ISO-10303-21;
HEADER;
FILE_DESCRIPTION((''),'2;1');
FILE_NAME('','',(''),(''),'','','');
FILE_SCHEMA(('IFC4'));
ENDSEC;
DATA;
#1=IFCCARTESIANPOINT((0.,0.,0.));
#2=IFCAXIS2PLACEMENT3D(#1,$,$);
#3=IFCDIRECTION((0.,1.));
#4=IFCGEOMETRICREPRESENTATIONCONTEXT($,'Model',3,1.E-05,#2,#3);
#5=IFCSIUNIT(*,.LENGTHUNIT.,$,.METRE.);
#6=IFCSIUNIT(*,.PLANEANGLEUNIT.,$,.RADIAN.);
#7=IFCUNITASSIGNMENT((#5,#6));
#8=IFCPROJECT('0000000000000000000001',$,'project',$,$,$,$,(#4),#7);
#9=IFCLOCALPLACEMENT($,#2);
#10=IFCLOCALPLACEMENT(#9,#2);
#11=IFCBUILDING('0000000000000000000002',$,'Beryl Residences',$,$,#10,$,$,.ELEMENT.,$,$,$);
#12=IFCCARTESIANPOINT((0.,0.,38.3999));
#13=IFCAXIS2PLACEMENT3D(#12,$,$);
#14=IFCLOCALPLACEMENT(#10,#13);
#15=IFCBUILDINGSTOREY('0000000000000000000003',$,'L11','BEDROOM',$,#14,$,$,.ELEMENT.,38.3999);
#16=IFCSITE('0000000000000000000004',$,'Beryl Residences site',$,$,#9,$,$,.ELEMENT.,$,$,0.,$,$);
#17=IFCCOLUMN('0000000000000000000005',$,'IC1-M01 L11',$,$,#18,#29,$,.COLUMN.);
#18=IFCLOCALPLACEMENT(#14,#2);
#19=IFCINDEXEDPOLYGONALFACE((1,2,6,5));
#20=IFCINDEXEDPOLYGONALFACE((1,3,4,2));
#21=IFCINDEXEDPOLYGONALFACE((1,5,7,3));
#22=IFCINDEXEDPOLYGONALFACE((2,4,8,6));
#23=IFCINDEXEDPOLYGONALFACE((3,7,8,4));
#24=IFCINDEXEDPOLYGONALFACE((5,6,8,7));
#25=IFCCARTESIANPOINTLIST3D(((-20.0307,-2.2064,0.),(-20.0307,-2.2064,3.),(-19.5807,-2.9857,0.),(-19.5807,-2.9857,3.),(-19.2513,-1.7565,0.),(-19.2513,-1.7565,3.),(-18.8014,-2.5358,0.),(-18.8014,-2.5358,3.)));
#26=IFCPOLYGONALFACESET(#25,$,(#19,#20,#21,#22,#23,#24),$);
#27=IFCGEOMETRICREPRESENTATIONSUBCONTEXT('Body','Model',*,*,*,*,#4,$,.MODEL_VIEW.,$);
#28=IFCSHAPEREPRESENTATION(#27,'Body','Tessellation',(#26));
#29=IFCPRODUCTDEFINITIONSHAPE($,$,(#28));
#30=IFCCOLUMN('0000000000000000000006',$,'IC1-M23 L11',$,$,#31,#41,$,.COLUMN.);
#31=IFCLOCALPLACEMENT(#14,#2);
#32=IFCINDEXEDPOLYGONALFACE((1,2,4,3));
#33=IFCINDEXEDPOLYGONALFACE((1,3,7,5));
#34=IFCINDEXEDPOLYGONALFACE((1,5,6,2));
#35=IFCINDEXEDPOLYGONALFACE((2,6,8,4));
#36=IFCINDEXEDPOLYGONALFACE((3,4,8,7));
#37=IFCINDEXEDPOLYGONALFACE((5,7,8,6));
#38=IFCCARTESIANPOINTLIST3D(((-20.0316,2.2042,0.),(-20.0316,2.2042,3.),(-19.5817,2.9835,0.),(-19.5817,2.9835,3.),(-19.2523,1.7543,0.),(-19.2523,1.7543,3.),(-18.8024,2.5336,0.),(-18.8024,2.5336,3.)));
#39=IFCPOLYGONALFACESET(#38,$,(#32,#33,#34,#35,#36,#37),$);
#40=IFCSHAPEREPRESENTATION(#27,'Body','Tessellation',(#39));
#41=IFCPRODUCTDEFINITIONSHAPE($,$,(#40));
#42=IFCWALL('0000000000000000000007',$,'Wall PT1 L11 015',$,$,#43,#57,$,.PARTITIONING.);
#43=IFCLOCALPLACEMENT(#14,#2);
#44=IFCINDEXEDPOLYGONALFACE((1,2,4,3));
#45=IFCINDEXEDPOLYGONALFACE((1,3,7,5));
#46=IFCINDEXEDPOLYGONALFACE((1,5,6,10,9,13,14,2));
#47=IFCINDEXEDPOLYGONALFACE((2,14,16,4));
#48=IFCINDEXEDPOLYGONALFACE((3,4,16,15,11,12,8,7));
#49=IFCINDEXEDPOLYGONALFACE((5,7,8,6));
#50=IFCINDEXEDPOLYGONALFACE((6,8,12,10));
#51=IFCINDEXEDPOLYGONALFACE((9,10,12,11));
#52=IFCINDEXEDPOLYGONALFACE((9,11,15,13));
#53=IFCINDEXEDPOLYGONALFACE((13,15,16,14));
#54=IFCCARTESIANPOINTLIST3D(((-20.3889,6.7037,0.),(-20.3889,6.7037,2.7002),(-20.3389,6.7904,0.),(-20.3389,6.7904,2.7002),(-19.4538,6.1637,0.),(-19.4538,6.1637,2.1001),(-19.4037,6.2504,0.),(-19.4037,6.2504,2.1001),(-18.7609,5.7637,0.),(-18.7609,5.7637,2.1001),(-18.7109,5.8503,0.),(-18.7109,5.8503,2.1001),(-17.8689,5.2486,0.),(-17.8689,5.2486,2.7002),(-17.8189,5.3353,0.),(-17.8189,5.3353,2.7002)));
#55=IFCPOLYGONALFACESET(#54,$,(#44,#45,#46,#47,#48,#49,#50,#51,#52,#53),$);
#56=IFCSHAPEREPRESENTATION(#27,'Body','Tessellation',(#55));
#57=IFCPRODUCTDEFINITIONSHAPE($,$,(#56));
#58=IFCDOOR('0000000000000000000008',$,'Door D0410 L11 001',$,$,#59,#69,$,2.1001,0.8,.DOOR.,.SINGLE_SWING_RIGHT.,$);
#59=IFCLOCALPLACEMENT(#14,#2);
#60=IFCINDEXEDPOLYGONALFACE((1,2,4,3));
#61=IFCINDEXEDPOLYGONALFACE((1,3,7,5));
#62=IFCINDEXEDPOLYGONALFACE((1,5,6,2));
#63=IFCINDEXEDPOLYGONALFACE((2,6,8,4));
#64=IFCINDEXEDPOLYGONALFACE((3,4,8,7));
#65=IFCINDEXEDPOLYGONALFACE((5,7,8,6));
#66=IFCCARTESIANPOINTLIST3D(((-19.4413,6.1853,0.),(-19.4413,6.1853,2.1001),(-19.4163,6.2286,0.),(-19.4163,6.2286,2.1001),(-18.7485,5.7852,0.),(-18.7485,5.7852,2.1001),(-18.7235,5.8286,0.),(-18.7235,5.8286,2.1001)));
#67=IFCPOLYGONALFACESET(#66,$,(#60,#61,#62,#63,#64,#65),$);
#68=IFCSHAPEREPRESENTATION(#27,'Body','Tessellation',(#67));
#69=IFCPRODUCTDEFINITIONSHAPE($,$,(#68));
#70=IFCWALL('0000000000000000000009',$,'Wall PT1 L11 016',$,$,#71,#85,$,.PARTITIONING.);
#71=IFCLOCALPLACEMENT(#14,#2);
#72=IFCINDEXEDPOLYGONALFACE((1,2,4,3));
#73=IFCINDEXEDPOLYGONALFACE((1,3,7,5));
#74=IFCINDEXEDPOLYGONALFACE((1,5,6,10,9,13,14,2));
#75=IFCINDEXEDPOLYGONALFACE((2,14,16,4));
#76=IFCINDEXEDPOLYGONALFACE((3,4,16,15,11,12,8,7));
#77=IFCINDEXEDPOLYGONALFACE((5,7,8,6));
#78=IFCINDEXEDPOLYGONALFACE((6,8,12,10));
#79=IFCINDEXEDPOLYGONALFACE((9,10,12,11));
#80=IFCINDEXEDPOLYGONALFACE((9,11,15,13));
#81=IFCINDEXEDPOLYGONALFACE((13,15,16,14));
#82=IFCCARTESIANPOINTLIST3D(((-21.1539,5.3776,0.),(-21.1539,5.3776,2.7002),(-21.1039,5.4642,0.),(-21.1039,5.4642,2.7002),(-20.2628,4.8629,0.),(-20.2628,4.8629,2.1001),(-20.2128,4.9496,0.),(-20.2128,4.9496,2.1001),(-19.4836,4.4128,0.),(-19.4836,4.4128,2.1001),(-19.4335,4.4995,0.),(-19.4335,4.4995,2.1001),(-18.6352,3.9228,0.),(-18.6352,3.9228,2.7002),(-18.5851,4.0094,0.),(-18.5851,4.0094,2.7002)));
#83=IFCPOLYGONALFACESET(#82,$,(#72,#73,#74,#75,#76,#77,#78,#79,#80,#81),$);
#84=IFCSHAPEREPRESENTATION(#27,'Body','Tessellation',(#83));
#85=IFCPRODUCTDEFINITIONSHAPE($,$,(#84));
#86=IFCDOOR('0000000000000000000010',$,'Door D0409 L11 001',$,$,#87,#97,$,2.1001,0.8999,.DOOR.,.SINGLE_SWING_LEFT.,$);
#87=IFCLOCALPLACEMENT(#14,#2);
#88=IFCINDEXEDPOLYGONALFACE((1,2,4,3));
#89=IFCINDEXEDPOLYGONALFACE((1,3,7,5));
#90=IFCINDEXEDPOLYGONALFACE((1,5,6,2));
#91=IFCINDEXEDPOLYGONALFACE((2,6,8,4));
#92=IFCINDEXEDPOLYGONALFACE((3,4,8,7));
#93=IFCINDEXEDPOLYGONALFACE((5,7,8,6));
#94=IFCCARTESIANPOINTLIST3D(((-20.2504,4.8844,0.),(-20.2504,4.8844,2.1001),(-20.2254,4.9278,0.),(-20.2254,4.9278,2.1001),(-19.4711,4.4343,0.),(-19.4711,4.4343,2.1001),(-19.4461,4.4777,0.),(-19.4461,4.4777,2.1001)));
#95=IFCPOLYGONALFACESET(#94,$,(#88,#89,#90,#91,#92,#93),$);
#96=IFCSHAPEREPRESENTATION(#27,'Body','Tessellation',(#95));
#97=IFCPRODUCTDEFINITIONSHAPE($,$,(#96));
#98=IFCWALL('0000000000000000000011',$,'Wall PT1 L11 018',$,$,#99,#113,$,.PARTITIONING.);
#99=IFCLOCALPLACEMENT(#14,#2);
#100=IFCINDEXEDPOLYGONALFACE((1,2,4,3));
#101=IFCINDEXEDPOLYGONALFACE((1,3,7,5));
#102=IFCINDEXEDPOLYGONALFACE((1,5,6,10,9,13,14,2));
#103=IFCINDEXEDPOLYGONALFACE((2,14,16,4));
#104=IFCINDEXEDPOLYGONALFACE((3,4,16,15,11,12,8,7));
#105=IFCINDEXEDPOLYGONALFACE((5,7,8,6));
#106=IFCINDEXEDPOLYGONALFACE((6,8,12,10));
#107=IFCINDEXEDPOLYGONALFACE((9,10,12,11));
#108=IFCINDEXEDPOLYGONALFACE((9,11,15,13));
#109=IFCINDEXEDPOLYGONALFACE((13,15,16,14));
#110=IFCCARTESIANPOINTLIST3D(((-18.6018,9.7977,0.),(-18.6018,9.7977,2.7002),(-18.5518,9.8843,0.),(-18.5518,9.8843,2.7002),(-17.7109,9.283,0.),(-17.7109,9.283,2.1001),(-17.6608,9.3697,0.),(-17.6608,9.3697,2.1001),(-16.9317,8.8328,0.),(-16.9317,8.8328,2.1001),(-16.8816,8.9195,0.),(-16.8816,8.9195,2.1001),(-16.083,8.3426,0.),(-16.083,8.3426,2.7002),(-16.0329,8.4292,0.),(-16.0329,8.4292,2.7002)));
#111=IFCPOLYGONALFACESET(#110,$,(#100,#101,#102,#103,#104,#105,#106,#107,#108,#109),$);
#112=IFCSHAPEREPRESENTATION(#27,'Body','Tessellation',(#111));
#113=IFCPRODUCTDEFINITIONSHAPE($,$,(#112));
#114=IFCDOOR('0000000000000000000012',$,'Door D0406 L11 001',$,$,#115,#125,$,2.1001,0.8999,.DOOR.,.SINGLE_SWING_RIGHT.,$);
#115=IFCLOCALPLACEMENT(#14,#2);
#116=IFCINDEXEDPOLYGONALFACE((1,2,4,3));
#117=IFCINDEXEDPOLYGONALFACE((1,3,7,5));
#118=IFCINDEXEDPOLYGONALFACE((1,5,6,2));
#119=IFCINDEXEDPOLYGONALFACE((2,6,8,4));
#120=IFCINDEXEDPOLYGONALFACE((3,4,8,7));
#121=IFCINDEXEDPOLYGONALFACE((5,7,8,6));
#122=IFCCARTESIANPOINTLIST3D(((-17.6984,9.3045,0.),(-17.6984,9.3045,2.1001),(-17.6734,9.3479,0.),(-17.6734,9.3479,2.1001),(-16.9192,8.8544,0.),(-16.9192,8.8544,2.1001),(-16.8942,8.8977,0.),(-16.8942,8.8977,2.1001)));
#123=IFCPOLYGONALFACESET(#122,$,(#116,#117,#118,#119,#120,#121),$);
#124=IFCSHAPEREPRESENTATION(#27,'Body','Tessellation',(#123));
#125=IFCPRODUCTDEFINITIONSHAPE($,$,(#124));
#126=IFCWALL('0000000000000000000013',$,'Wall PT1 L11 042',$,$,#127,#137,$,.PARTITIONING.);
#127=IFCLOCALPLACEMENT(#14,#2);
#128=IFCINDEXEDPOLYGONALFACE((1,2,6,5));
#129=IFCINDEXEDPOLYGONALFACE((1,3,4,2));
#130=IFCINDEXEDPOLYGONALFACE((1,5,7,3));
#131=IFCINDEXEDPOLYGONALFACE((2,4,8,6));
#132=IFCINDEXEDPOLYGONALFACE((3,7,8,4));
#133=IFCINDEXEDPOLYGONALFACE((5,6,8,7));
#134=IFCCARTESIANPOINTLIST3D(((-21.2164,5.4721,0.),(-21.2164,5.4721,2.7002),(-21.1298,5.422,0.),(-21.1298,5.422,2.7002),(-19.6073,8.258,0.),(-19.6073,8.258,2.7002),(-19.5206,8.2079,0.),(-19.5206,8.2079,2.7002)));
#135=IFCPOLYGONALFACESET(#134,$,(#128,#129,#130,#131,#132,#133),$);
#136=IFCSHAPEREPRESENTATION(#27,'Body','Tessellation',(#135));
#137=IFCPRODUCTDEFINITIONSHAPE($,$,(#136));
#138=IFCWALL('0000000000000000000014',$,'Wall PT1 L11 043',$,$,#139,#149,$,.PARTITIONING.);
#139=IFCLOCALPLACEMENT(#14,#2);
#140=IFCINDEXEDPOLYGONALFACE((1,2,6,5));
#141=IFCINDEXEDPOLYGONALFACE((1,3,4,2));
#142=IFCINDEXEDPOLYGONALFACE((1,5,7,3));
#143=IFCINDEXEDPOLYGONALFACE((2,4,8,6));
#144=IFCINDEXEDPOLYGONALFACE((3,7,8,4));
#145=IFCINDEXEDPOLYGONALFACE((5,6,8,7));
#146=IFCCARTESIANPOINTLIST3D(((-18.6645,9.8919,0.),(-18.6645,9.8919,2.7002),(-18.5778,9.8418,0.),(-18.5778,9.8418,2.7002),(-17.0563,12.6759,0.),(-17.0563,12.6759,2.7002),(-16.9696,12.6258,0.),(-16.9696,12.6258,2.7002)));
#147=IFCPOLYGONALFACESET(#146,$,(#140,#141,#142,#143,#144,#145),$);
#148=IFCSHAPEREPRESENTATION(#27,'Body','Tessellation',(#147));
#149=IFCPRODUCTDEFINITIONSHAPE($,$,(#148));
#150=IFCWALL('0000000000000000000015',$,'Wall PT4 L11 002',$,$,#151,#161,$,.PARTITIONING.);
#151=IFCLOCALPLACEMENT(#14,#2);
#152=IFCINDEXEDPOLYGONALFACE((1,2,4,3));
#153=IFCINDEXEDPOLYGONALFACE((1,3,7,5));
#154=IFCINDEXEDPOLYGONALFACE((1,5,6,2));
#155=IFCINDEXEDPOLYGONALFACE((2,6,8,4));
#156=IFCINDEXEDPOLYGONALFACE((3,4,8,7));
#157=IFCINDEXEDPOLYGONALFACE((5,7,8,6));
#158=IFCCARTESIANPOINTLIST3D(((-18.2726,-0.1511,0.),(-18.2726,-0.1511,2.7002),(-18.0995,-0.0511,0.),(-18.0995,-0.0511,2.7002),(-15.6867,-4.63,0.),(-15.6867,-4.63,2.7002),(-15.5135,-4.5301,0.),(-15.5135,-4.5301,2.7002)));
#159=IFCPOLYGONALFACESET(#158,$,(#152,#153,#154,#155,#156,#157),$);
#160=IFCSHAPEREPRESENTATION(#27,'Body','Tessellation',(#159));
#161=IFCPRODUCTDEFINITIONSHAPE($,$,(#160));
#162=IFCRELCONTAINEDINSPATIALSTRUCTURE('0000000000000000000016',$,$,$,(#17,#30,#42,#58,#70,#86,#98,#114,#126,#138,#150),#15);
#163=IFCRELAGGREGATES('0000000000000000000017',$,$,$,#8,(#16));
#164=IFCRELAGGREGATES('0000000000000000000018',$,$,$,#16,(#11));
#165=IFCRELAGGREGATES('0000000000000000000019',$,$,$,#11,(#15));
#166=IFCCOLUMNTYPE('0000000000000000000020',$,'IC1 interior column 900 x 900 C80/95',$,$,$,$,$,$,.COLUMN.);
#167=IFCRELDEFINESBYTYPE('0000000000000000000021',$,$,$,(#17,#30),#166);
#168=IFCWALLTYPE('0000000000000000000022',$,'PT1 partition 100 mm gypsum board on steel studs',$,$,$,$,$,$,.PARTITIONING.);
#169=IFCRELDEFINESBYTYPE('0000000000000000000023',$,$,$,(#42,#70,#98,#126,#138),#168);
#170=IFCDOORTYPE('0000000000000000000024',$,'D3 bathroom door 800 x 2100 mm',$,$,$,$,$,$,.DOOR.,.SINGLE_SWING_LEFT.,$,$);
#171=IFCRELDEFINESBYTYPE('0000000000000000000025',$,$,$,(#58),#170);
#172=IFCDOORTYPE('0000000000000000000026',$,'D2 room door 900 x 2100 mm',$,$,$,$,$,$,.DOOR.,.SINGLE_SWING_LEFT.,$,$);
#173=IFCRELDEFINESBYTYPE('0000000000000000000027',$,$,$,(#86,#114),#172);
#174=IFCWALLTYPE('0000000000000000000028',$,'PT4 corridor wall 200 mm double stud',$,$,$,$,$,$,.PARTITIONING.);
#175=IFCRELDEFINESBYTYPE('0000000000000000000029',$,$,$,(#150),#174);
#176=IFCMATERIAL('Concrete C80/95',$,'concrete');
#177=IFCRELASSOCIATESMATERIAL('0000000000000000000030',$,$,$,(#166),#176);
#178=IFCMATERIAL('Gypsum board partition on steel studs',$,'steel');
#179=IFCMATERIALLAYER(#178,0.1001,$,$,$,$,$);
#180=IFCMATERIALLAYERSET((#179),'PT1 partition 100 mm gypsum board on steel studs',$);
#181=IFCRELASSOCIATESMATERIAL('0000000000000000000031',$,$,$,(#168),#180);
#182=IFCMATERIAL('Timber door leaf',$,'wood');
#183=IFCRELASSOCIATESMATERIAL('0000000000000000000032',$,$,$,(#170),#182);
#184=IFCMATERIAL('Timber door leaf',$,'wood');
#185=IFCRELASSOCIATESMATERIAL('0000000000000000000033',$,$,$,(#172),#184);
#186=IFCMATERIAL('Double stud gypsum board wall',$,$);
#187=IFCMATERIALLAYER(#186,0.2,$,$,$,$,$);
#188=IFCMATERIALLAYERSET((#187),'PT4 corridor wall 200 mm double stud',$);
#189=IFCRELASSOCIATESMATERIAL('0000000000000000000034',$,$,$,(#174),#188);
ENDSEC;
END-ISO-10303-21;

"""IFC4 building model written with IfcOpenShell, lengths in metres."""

from ifc_helpers import new_model, si_unit, direction, frame, frame_2d, origin, origin_2d, place, context, subcontext, project, spatial, rectangle, extrude, material, layer, layer_set, material_profile, profile_set, type_object, element, fill, save


model = new_model("IFC4")

# Units and contexts
model_context = context("Model", 3, precision=1e-05, world=origin(), true_north=direction((0.0, 1.0)))
body_context = subcontext(model_context, "Body", "Model", "MODEL_VIEW")
ifc_project = project(units=[si_unit("LENGTHUNIT", "METRE"), si_unit("PLANEANGLEUNIT", "RADIAN")], contexts=[model_context])

# Site, building, storey
site_placement = place(None, origin())
site = spatial("IfcSite", under=ifc_project, at=site_placement, Name="Beryl Residences site", CompositionType="ELEMENT", RefElevation=0.0)
building_placement = place(site_placement, origin())
building = spatial("IfcBuilding", under=site, at=building_placement, Name="Beryl Residences", CompositionType="ELEMENT")
storey_placement = place(building_placement, frame((0.0, 0.0, 38.3999)))
storey = spatial("IfcBuildingStorey", under=building, at=storey_placement, Name="L11", Description="BEDROOM", CompositionType="ELEMENT", Elevation=38.3999)

# Columns
ifc_material_1 = material(Name="Concrete C80/95", Category="concrete")
ifc_material_profile = material_profile(ifc_material_1, rectangle(XDim=0.8999, YDim=0.8999, at=origin_2d()))
ifc_profile_set = profile_set([ifc_material_profile], Name="Concrete C80/95")
column_type = type_object("IfcColumnType", Name="IC1 interior column 900 x 900 C80/95", PredefinedType="COLUMN", material=ifc_profile_set)
for number, where, z_axis, x_axis, name in (
    (1, (-19.416, -2.3711, 0.0), (0.0, 0.0, 1.0), (0.499985, -0.866034, 0.0), "IC1-M01 L11"),
    (2, (-19.417, 2.3689, 0.0), (0.0, 0.0, 1.0), (-0.499985, -0.866034, 0.0), "IC1-M23 L11"),
):
    element("IfcColumn", number, at=place(storey_placement, frame(where, z_axis=z_axis, x_axis=x_axis)), inside=storey, type_object=column_type, Name=name, PredefinedType="COLUMN", context=body_context, shape_type="SweptSolid", body=[
        extrude(rectangle(XDim=0.8999, YDim=0.8999, at=origin_2d()), origin(), (0.0, 0.0, 1.0), 3.0),
    ])

# Walls, openings, doors
ifc_material_2 = material(Name="Gypsum board partition on steel studs", Category="steel")
ifc_layer_1 = layer(ifc_material_2, 0.1001)
ifc_layer_set_1 = layer_set([ifc_layer_1], Name="PT1 partition 100 mm gypsum board on steel studs")
wall_type_1 = type_object("IfcWallType", Name="PT1 partition 100 mm gypsum board on steel studs", PredefinedType="PARTITIONING", material=ifc_layer_set_1)
wall_1_placement = place(storey_placement, frame((-20.364, 6.7471, 0.0), z_axis=(0.0, 0.0, 1.0), x_axis=(0.866004, -0.500037, 0.0)))
wall_1 = element("IfcWall", 3, at=wall_1_placement, inside=storey, type_object=wall_type_1, Name="Wall PT1 L11 015", PredefinedType="PARTITIONING", context=body_context, shape_type="SweptSolid", body=[
    extrude(rectangle(XDim=2.9099, YDim=0.1001, at=frame_2d((1.4551, 0.0))), origin(), (0.0, 0.0, 1.0), 2.7002),
])
opening_1_placement = place(wall_1_placement, frame((1.0801, 0.0, 0.0)))
opening_1 = element("IfcOpeningElement", 4, at=opening_1_placement, cuts=wall_1, PredefinedType="OPENING", context=body_context, shape_type="SweptSolid", body=[
    extrude(rectangle(XDim=0.8, YDim=2.1001, at=frame_2d((0.3999, 1.05))), frame((0.0, 0.0601, 0.0), z_axis=(0.0, -1.0, 0.0), x_axis=(1.0, 0.0, 0.0)), (0.0, 0.0, 1.0), 0.1201),
])
ifc_material_3 = material(Name="Timber door leaf", Category="wood")
door_type_1 = type_object("IfcDoorType", Name="D3 bathroom door 800 x 2100 mm", OperationType="SINGLE_SWING_LEFT", PredefinedType="DOOR", material=ifc_material_3)
door_1_placement = place(opening_1_placement, origin())
door_1 = element("IfcDoor", 5, at=door_1_placement, inside=storey, type_object=door_type_1, Name="Door D0410 L11 001", OperationType="SINGLE_SWING_RIGHT", OverallHeight=2.1001, OverallWidth=0.8, PredefinedType="DOOR", context=body_context, shape_type="SweptSolid", body=[
    extrude(rectangle(XDim=0.8, YDim=2.1001, at=frame_2d((0.3999, 1.05))), frame((0.0, 0.0249, 0.0), z_axis=(0.0, -1.0, 0.0), x_axis=(1.0, 0.0, 0.0)), (0.0, 0.0, 1.0), 0.05),
])
fill(opening_1, door_1)
wall_2_placement = place(storey_placement, frame((-21.1289, 5.4209, 0.0), z_axis=(0.0, 0.0, 1.0), x_axis=(0.865935, -0.500156, 0.0)))
wall_2 = element("IfcWall", 6, at=wall_2_placement, inside=storey, type_object=wall_type_1, Name="Wall PT1 L11 016", PredefinedType="PARTITIONING", context=body_context, shape_type="SweptSolid", body=[
    extrude(rectangle(XDim=2.9087, YDim=0.1001, at=frame_2d((1.4543, 0.0))), origin(), (0.0, 0.0, 1.0), 2.7002),
])
opening_2_placement = place(wall_2_placement, frame((1.0291, 0.0, 0.0)))
opening_2 = element("IfcOpeningElement", 7, at=opening_2_placement, cuts=wall_2, PredefinedType="OPENING", context=body_context, shape_type="SweptSolid", body=[
    extrude(rectangle(XDim=0.8999, YDim=2.1001, at=frame_2d((0.45, 1.05))), frame((0.0, 0.0601, 0.0), z_axis=(0.0, -1.0, 0.0), x_axis=(1.0, 0.0, 0.0)), (0.0, 0.0, 1.0), 0.1201),
])
ifc_material_4 = material(Name="Timber door leaf", Category="wood")
door_type_2 = type_object("IfcDoorType", Name="D2 room door 900 x 2100 mm", OperationType="SINGLE_SWING_LEFT", PredefinedType="DOOR", material=ifc_material_4)
door_2_placement = place(opening_2_placement, origin())
door_2 = element("IfcDoor", 8, at=door_2_placement, inside=storey, type_object=door_type_2, Name="Door D0409 L11 001", OperationType="SINGLE_SWING_LEFT", OverallHeight=2.1001, OverallWidth=0.8999, PredefinedType="DOOR", context=body_context, shape_type="SweptSolid", body=[
    extrude(rectangle(XDim=0.8999, YDim=2.1001, at=frame_2d((0.45, 1.05))), frame((0.0, 0.0249, 0.0), z_axis=(0.0, -1.0, 0.0), x_axis=(1.0, 0.0, 0.0)), (0.0, 0.0, 1.0), 0.05),
])
fill(opening_2, door_2)
wall_3_placement = place(storey_placement, frame((-18.5769, 9.8411, 0.0), z_axis=(0.0, 0.0, 1.0), x_axis=(0.865899, -0.500219, 0.0)))
wall_3 = element("IfcWall", 9, at=wall_3_placement, inside=storey, type_object=wall_type_1, Name="Wall PT1 L11 018", PredefinedType="PARTITIONING", context=body_context, shape_type="SweptSolid", body=[
    extrude(rectangle(XDim=2.9089, YDim=0.1001, at=frame_2d((1.4546, 0.0))), origin(), (0.0, 0.0, 1.0), 2.7002),
])
opening_3_placement = place(wall_3_placement, frame((1.0291, 0.0, 0.0)))
opening_3 = element("IfcOpeningElement", 10, at=opening_3_placement, cuts=wall_3, PredefinedType="OPENING", context=body_context, shape_type="SweptSolid", body=[
    extrude(rectangle(XDim=0.8999, YDim=2.1001, at=frame_2d((0.45, 1.05))), frame((0.0, 0.0601, 0.0), z_axis=(0.0, -1.0, 0.0), x_axis=(1.0, 0.0, 0.0)), (0.0, 0.0, 1.0), 0.1201),
])
door_3_placement = place(opening_3_placement, origin())
door_3 = element("IfcDoor", 11, at=door_3_placement, inside=storey, type_object=door_type_2, Name="Door D0406 L11 001", OperationType="SINGLE_SWING_RIGHT", OverallHeight=2.1001, OverallWidth=0.8999, PredefinedType="DOOR", context=body_context, shape_type="SweptSolid", body=[
    extrude(rectangle(XDim=0.8999, YDim=2.1001, at=frame_2d((0.45, 1.05))), frame((0.0, 0.0249, 0.0), z_axis=(0.0, -1.0, 0.0), x_axis=(1.0, 0.0, 0.0)), (0.0, 0.0, 1.0), 0.05),
])
fill(opening_3, door_3)

# Walls
wall_4_placement = place(storey_placement, frame((-21.1731, 5.447, 0.0), z_axis=(0.0, 0.0, 1.0), x_axis=(0.500163, 0.865932, 0.0)))
element("IfcWall", 12, at=wall_4_placement, inside=storey, type_object=wall_type_1, Name="Wall PT1 L11 042", PredefinedType="PARTITIONING", context=body_context, shape_type="SweptSolid", body=[
    extrude(rectangle(XDim=3.2173, YDim=0.1001, at=frame_2d((1.6086, 0.0))), origin(), (0.0, 0.0, 1.0), 2.7002),
])
wall_5_placement = place(storey_placement, frame((-18.6211, 9.8669, 0.0), z_axis=(0.0, 0.0, 1.0), x_axis=(0.500198, 0.865911, 0.0)))
element("IfcWall", 13, at=wall_5_placement, inside=storey, type_object=wall_type_1, Name="Wall PT1 L11 043", PredefinedType="PARTITIONING", context=body_context, shape_type="SweptSolid", body=[
    extrude(rectangle(XDim=3.2151, YDim=0.1001, at=frame_2d((1.6074, 0.0))), origin(), (0.0, 0.0, 1.0), 2.7002),
])
ifc_material_5 = material(Name="Double stud gypsum board wall")
ifc_layer_2 = layer(ifc_material_5, 0.2)
ifc_layer_set_2 = layer_set([ifc_layer_2], Name="PT4 corridor wall 200 mm double stud")
wall_type_2 = type_object("IfcWallType", Name="PT4 corridor wall 200 mm double stud", PredefinedType="PARTITIONING", material=ifc_layer_set_2)
wall_6_placement = place(storey_placement, frame((-18.186, -0.1011, 0.0), z_axis=(0.0, 0.0, 1.0), x_axis=(0.499998, -0.866027, 0.0)))
element("IfcWall", 14, at=wall_6_placement, inside=storey, type_object=wall_type_2, Name="Wall PT4 L11 002", PredefinedType="PARTITIONING", context=body_context, shape_type="SweptSolid", body=[
    extrude(rectangle(XDim=5.1719, YDim=0.2, at=frame_2d((2.5859, 0.0))), origin(), (0.0, 0.0, 1.0), 2.7002),
])

save(model, "model.ifc")
